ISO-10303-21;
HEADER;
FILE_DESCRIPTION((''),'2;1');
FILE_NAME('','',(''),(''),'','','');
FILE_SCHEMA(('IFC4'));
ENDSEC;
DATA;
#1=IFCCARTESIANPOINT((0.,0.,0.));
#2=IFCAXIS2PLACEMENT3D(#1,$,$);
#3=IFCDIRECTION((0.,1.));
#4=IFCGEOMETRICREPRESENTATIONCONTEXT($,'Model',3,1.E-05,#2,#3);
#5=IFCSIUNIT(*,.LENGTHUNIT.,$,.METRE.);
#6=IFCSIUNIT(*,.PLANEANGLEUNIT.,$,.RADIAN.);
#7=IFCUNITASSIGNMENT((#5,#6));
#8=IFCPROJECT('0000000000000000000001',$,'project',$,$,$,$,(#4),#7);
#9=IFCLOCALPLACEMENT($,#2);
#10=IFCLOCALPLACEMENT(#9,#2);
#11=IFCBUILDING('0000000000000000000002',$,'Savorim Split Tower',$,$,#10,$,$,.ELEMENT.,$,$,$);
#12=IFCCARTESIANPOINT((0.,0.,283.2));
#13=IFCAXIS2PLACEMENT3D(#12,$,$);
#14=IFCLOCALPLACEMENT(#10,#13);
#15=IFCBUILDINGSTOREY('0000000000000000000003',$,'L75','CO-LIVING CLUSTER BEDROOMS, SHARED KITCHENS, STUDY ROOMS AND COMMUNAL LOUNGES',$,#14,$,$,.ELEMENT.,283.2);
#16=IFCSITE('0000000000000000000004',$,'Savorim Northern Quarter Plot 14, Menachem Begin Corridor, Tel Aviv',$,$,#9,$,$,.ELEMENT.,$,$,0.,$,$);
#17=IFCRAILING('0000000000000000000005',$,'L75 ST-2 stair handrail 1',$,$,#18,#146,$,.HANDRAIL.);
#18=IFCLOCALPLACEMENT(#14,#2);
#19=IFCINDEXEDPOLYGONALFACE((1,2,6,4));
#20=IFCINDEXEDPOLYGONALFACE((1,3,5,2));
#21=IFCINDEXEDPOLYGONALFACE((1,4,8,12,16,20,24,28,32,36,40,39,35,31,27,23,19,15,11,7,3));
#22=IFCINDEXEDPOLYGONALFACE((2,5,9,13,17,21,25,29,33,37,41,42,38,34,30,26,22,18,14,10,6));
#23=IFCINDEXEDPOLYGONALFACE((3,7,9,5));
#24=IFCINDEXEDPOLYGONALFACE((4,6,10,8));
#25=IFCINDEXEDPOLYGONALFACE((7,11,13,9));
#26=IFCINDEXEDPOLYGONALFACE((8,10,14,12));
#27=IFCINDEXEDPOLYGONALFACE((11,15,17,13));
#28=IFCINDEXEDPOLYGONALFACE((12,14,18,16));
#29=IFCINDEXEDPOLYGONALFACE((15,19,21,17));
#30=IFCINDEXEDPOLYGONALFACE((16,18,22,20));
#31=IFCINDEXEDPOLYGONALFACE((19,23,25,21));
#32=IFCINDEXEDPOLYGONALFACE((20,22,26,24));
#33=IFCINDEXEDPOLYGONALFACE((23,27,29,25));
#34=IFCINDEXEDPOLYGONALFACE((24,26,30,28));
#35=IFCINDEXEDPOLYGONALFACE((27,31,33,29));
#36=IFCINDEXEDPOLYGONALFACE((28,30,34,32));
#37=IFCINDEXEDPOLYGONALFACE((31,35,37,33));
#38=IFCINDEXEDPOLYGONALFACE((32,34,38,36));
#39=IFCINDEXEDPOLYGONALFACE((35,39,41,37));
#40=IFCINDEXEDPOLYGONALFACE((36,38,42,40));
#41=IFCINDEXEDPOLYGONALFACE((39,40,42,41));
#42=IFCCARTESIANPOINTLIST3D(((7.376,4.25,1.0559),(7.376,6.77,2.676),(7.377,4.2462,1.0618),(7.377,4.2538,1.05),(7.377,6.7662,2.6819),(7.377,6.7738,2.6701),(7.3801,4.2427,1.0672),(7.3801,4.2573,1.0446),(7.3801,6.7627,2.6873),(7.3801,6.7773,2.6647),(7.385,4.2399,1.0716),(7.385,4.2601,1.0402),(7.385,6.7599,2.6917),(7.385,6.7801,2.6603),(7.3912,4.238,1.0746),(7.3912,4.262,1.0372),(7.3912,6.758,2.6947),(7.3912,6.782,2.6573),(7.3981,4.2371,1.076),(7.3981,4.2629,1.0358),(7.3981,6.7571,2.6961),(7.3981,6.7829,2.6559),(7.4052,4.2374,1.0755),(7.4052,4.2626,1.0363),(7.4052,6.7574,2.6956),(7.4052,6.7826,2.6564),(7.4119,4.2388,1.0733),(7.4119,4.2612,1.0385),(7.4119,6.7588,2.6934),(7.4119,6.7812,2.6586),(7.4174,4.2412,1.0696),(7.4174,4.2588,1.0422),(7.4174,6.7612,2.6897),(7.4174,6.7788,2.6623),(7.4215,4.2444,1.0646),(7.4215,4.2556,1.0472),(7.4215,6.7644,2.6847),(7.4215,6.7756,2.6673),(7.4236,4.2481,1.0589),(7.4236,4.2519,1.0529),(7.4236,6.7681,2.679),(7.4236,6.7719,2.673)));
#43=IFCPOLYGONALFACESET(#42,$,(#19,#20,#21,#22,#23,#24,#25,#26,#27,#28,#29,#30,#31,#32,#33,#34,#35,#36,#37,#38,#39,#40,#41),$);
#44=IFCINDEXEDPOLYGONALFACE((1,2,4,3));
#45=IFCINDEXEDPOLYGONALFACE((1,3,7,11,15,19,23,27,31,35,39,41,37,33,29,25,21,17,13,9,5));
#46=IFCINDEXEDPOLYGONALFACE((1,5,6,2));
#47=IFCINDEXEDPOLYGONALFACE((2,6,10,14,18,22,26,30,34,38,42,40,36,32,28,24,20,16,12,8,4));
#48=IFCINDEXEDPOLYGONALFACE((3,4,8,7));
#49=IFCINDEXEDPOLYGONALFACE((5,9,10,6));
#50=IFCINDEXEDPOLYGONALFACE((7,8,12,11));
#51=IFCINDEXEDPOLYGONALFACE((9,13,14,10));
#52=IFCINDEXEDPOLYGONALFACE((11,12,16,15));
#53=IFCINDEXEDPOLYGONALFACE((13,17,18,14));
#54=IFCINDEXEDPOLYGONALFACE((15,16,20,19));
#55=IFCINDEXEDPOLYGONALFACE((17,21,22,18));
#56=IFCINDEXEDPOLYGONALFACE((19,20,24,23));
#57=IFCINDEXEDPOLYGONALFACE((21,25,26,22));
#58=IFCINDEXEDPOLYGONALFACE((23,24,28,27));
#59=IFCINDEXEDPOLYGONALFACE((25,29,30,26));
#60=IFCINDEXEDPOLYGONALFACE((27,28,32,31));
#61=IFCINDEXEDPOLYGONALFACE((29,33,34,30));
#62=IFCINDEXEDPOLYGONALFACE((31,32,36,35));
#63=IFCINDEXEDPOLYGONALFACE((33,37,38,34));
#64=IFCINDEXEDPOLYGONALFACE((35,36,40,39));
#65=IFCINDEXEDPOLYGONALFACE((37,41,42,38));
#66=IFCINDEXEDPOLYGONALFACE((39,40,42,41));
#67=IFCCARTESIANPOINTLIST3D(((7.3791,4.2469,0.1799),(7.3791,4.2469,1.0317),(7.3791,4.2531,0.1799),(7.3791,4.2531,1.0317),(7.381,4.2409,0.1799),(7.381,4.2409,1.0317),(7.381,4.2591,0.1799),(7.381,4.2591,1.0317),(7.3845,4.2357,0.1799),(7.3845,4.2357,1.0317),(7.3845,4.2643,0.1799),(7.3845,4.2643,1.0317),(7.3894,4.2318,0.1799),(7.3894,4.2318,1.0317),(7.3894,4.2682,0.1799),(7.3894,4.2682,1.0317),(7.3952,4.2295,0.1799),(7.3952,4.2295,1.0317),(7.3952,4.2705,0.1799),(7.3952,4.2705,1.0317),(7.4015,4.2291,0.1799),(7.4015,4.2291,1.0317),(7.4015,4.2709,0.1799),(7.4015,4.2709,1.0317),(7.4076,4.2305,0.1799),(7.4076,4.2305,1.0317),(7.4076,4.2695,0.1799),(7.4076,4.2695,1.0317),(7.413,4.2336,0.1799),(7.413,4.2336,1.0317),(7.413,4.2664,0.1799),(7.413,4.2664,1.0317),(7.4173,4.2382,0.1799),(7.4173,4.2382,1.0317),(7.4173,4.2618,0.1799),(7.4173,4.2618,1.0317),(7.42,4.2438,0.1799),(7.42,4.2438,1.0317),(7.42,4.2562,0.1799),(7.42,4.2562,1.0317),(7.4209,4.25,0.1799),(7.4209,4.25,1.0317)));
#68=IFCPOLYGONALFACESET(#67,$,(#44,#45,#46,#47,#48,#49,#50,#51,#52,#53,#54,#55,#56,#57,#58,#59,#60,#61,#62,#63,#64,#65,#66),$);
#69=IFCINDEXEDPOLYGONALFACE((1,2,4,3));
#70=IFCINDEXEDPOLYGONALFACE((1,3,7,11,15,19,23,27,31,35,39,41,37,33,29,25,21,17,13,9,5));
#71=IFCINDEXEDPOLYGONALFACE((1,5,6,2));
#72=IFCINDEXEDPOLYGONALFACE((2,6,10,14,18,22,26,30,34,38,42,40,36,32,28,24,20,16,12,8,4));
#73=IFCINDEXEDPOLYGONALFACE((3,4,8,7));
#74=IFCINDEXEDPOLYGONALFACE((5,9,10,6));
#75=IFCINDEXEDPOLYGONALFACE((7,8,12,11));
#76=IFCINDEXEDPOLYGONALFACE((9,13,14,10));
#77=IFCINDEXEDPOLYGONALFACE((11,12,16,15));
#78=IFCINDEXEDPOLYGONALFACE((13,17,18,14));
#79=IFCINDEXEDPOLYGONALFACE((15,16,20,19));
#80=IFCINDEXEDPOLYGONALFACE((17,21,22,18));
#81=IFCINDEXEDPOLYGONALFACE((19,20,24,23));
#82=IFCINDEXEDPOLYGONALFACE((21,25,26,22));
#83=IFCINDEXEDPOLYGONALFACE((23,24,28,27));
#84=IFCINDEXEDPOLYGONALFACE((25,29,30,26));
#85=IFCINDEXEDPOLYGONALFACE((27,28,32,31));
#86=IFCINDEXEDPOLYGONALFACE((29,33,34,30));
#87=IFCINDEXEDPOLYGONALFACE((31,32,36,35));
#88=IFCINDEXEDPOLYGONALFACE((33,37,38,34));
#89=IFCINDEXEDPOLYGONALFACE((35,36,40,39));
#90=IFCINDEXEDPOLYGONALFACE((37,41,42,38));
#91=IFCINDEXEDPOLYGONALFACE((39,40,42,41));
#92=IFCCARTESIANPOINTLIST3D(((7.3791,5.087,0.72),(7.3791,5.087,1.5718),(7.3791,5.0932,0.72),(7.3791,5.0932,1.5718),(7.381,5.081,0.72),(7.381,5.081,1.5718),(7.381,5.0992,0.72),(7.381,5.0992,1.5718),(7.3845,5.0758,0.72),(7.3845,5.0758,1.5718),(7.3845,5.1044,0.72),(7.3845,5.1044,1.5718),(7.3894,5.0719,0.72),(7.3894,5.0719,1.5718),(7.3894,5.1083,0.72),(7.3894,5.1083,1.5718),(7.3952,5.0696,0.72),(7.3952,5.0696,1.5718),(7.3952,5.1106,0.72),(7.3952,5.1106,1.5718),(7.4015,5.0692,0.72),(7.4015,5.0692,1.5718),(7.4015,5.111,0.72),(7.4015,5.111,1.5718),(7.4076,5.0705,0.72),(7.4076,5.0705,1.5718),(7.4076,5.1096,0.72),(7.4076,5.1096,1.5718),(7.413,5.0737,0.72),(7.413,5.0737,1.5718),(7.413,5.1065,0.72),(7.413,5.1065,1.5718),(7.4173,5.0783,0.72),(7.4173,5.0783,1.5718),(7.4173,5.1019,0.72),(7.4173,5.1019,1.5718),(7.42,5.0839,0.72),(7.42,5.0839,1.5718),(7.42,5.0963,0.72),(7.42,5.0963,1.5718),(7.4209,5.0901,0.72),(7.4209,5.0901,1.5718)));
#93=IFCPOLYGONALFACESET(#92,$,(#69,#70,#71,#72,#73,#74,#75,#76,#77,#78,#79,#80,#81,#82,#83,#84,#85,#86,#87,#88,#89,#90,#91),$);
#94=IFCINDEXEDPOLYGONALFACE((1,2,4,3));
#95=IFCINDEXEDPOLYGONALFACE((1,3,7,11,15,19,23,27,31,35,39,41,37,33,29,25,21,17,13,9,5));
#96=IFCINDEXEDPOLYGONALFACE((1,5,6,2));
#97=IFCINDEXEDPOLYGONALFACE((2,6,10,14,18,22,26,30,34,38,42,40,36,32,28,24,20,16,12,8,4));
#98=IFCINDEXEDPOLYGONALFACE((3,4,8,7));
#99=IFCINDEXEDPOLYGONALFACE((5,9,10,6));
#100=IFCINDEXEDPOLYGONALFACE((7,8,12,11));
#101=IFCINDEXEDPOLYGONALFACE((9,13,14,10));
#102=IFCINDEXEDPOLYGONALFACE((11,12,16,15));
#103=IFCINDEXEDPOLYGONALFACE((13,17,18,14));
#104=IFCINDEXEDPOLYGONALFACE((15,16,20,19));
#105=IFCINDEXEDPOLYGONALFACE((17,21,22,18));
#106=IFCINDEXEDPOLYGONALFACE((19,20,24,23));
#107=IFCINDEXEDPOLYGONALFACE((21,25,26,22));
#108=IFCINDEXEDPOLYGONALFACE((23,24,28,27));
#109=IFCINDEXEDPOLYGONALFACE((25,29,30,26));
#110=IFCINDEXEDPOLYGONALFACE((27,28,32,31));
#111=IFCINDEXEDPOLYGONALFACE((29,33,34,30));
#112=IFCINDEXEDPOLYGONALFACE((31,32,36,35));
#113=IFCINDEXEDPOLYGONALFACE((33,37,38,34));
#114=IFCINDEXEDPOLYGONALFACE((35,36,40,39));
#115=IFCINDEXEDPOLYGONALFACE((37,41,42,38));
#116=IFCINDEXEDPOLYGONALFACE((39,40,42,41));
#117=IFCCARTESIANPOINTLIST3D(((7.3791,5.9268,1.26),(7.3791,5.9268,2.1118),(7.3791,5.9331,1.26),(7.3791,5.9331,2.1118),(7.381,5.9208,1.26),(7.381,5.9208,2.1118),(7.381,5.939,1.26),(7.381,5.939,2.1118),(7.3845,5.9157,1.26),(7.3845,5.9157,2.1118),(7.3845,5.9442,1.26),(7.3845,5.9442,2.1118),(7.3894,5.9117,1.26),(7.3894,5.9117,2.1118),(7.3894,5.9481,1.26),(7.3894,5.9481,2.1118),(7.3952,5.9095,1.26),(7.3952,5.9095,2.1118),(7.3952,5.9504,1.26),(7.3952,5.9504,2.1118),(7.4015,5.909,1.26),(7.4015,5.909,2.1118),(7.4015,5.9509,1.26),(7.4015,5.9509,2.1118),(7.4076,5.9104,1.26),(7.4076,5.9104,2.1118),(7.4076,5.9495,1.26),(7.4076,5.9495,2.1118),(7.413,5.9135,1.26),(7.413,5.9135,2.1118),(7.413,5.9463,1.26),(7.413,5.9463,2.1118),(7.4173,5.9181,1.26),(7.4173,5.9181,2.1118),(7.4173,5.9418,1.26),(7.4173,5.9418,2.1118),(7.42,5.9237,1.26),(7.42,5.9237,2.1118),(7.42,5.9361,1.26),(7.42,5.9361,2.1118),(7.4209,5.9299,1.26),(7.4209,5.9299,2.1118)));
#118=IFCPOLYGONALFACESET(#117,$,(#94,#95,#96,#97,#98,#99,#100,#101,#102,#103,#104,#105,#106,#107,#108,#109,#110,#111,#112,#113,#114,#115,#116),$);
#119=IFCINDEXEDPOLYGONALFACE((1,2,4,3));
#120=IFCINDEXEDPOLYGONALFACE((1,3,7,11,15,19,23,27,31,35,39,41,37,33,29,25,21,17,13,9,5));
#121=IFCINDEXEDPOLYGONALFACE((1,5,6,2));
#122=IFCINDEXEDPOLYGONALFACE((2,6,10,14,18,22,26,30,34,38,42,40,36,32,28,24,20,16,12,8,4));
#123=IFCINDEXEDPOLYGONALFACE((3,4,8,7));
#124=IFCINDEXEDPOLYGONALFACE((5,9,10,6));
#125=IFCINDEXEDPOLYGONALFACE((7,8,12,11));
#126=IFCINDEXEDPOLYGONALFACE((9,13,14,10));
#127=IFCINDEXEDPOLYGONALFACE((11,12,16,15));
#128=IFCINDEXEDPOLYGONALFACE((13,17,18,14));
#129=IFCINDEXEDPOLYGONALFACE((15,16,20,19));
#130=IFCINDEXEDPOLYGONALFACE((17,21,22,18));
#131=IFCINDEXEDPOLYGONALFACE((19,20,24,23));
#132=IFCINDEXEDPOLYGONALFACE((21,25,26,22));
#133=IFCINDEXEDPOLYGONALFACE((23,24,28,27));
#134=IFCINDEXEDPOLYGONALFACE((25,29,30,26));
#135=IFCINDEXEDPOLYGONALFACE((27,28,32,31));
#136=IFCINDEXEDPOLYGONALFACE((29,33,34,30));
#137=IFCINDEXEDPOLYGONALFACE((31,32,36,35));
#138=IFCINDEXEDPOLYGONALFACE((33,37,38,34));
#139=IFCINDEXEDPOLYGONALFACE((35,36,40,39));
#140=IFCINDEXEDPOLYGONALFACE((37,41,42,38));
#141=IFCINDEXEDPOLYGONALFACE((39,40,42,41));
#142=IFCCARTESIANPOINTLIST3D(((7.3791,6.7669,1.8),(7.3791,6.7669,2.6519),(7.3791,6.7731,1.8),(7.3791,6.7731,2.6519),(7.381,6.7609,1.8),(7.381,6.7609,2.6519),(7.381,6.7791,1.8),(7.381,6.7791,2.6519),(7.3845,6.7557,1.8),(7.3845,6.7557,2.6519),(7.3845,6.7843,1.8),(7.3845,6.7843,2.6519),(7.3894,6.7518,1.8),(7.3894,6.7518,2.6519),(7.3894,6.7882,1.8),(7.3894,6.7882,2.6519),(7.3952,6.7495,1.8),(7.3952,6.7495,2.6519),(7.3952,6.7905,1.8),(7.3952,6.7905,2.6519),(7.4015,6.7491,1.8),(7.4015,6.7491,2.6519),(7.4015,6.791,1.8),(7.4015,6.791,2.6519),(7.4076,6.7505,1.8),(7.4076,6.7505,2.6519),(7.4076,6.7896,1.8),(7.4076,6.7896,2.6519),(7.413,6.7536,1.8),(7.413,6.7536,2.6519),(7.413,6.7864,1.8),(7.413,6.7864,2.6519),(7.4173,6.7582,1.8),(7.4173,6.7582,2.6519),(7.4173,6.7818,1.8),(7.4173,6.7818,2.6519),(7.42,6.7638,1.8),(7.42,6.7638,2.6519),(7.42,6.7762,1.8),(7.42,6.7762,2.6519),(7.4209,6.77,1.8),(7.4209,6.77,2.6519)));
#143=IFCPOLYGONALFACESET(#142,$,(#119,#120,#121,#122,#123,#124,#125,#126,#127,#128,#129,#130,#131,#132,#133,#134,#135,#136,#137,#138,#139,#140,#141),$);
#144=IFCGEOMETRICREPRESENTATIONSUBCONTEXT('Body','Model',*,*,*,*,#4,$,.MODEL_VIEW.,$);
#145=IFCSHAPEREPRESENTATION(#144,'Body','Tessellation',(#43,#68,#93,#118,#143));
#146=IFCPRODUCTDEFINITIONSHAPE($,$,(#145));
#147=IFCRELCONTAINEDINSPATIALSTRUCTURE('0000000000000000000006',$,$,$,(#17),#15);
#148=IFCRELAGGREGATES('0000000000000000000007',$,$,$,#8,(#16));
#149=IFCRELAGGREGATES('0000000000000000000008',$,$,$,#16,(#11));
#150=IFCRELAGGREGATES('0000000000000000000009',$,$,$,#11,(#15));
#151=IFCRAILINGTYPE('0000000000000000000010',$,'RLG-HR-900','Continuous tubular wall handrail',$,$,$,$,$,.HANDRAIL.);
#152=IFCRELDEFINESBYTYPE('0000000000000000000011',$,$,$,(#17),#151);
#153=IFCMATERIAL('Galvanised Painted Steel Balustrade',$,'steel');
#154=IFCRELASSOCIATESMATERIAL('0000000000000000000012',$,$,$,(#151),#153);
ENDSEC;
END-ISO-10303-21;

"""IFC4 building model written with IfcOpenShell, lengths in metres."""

from ifc_helpers import new_model, si_unit, direction, frame, origin, origin_2d, place, context, subcontext, project, spatial, circle, extrude, material, type_object, element, save


model = new_model("IFC4")

# Units and contexts
model_context = context("Model", 3, precision=1e-05, world=origin(), true_north=direction((0.0, 1.0)))
body_context = subcontext(model_context, "Body", "Model", "MODEL_VIEW")
ifc_project = project(units=[si_unit("LENGTHUNIT", "METRE"), si_unit("PLANEANGLEUNIT", "RADIAN")], contexts=[model_context])

# Site, building, storey
site_placement = place(None, origin())
site = spatial("IfcSite", under=ifc_project, at=site_placement, Name="Savorim Northern Quarter Plot 14, Menachem Begin Corridor, Tel Aviv", CompositionType="ELEMENT", RefElevation=0.0)
building_placement = place(site_placement, origin())
building = spatial("IfcBuilding", under=site, at=building_placement, Name="Savorim Split Tower", CompositionType="ELEMENT")
storey_placement = place(building_placement, frame((0.0, 0.0, 283.2)))
storey = spatial("IfcBuildingStorey", under=building, at=storey_placement, Name="L75", Description="CO-LIVING CLUSTER BEDROOMS, SHARED KITCHENS, STUDY ROOMS AND COMMUNAL LOUNGES", CompositionType="ELEMENT", Elevation=283.2)

# Railing
ifc_material_1 = material(Name="Galvanised Painted Steel Balustrade", Category="steel")
railing_type_1 = type_object("IfcRailingType", Name="RLG-HR-900", Description="Continuous tubular wall handrail", PredefinedType="HANDRAIL", material=ifc_material_1)
railing_1_placement = place(storey_placement, frame((7.3999, 4.25, 0.1799)))
element("IfcRailing", 1, at=railing_1_placement, inside=storey, type_object=railing_type_1, Name="L75 ST-2 stair handrail 1", PredefinedType="HANDRAIL", context=body_context, shape_type="SweptSolid", body=[
    extrude(circle(Radius=0.0239, at=origin_2d()), frame((0.0, 0.0, 0.876), z_axis=(0.0, 0.841163, 0.540782), x_axis=(-1.0, 0.0, 0.0)), (0.0, 0.0, 1.0), 2.9958),
    extrude(circle(Radius=0.021, at=origin_2d()), origin(), (0.0, 0.0, 1.0), 0.8518),
    extrude(circle(Radius=0.021, at=origin_2d()), frame((0.0, 0.8401, 0.54)), (0.0, 0.0, 1.0), 0.8518),
    extrude(circle(Radius=0.021, at=origin_2d()), frame((0.0, 1.6799, 1.0801)), (0.0, 0.0, 1.0), 0.8518),
    extrude(circle(Radius=0.021, at=origin_2d()), frame((0.0, 2.52, 1.6201)), (0.0, 0.0, 1.0), 0.8518),
])

save(model, "model.ifc")
